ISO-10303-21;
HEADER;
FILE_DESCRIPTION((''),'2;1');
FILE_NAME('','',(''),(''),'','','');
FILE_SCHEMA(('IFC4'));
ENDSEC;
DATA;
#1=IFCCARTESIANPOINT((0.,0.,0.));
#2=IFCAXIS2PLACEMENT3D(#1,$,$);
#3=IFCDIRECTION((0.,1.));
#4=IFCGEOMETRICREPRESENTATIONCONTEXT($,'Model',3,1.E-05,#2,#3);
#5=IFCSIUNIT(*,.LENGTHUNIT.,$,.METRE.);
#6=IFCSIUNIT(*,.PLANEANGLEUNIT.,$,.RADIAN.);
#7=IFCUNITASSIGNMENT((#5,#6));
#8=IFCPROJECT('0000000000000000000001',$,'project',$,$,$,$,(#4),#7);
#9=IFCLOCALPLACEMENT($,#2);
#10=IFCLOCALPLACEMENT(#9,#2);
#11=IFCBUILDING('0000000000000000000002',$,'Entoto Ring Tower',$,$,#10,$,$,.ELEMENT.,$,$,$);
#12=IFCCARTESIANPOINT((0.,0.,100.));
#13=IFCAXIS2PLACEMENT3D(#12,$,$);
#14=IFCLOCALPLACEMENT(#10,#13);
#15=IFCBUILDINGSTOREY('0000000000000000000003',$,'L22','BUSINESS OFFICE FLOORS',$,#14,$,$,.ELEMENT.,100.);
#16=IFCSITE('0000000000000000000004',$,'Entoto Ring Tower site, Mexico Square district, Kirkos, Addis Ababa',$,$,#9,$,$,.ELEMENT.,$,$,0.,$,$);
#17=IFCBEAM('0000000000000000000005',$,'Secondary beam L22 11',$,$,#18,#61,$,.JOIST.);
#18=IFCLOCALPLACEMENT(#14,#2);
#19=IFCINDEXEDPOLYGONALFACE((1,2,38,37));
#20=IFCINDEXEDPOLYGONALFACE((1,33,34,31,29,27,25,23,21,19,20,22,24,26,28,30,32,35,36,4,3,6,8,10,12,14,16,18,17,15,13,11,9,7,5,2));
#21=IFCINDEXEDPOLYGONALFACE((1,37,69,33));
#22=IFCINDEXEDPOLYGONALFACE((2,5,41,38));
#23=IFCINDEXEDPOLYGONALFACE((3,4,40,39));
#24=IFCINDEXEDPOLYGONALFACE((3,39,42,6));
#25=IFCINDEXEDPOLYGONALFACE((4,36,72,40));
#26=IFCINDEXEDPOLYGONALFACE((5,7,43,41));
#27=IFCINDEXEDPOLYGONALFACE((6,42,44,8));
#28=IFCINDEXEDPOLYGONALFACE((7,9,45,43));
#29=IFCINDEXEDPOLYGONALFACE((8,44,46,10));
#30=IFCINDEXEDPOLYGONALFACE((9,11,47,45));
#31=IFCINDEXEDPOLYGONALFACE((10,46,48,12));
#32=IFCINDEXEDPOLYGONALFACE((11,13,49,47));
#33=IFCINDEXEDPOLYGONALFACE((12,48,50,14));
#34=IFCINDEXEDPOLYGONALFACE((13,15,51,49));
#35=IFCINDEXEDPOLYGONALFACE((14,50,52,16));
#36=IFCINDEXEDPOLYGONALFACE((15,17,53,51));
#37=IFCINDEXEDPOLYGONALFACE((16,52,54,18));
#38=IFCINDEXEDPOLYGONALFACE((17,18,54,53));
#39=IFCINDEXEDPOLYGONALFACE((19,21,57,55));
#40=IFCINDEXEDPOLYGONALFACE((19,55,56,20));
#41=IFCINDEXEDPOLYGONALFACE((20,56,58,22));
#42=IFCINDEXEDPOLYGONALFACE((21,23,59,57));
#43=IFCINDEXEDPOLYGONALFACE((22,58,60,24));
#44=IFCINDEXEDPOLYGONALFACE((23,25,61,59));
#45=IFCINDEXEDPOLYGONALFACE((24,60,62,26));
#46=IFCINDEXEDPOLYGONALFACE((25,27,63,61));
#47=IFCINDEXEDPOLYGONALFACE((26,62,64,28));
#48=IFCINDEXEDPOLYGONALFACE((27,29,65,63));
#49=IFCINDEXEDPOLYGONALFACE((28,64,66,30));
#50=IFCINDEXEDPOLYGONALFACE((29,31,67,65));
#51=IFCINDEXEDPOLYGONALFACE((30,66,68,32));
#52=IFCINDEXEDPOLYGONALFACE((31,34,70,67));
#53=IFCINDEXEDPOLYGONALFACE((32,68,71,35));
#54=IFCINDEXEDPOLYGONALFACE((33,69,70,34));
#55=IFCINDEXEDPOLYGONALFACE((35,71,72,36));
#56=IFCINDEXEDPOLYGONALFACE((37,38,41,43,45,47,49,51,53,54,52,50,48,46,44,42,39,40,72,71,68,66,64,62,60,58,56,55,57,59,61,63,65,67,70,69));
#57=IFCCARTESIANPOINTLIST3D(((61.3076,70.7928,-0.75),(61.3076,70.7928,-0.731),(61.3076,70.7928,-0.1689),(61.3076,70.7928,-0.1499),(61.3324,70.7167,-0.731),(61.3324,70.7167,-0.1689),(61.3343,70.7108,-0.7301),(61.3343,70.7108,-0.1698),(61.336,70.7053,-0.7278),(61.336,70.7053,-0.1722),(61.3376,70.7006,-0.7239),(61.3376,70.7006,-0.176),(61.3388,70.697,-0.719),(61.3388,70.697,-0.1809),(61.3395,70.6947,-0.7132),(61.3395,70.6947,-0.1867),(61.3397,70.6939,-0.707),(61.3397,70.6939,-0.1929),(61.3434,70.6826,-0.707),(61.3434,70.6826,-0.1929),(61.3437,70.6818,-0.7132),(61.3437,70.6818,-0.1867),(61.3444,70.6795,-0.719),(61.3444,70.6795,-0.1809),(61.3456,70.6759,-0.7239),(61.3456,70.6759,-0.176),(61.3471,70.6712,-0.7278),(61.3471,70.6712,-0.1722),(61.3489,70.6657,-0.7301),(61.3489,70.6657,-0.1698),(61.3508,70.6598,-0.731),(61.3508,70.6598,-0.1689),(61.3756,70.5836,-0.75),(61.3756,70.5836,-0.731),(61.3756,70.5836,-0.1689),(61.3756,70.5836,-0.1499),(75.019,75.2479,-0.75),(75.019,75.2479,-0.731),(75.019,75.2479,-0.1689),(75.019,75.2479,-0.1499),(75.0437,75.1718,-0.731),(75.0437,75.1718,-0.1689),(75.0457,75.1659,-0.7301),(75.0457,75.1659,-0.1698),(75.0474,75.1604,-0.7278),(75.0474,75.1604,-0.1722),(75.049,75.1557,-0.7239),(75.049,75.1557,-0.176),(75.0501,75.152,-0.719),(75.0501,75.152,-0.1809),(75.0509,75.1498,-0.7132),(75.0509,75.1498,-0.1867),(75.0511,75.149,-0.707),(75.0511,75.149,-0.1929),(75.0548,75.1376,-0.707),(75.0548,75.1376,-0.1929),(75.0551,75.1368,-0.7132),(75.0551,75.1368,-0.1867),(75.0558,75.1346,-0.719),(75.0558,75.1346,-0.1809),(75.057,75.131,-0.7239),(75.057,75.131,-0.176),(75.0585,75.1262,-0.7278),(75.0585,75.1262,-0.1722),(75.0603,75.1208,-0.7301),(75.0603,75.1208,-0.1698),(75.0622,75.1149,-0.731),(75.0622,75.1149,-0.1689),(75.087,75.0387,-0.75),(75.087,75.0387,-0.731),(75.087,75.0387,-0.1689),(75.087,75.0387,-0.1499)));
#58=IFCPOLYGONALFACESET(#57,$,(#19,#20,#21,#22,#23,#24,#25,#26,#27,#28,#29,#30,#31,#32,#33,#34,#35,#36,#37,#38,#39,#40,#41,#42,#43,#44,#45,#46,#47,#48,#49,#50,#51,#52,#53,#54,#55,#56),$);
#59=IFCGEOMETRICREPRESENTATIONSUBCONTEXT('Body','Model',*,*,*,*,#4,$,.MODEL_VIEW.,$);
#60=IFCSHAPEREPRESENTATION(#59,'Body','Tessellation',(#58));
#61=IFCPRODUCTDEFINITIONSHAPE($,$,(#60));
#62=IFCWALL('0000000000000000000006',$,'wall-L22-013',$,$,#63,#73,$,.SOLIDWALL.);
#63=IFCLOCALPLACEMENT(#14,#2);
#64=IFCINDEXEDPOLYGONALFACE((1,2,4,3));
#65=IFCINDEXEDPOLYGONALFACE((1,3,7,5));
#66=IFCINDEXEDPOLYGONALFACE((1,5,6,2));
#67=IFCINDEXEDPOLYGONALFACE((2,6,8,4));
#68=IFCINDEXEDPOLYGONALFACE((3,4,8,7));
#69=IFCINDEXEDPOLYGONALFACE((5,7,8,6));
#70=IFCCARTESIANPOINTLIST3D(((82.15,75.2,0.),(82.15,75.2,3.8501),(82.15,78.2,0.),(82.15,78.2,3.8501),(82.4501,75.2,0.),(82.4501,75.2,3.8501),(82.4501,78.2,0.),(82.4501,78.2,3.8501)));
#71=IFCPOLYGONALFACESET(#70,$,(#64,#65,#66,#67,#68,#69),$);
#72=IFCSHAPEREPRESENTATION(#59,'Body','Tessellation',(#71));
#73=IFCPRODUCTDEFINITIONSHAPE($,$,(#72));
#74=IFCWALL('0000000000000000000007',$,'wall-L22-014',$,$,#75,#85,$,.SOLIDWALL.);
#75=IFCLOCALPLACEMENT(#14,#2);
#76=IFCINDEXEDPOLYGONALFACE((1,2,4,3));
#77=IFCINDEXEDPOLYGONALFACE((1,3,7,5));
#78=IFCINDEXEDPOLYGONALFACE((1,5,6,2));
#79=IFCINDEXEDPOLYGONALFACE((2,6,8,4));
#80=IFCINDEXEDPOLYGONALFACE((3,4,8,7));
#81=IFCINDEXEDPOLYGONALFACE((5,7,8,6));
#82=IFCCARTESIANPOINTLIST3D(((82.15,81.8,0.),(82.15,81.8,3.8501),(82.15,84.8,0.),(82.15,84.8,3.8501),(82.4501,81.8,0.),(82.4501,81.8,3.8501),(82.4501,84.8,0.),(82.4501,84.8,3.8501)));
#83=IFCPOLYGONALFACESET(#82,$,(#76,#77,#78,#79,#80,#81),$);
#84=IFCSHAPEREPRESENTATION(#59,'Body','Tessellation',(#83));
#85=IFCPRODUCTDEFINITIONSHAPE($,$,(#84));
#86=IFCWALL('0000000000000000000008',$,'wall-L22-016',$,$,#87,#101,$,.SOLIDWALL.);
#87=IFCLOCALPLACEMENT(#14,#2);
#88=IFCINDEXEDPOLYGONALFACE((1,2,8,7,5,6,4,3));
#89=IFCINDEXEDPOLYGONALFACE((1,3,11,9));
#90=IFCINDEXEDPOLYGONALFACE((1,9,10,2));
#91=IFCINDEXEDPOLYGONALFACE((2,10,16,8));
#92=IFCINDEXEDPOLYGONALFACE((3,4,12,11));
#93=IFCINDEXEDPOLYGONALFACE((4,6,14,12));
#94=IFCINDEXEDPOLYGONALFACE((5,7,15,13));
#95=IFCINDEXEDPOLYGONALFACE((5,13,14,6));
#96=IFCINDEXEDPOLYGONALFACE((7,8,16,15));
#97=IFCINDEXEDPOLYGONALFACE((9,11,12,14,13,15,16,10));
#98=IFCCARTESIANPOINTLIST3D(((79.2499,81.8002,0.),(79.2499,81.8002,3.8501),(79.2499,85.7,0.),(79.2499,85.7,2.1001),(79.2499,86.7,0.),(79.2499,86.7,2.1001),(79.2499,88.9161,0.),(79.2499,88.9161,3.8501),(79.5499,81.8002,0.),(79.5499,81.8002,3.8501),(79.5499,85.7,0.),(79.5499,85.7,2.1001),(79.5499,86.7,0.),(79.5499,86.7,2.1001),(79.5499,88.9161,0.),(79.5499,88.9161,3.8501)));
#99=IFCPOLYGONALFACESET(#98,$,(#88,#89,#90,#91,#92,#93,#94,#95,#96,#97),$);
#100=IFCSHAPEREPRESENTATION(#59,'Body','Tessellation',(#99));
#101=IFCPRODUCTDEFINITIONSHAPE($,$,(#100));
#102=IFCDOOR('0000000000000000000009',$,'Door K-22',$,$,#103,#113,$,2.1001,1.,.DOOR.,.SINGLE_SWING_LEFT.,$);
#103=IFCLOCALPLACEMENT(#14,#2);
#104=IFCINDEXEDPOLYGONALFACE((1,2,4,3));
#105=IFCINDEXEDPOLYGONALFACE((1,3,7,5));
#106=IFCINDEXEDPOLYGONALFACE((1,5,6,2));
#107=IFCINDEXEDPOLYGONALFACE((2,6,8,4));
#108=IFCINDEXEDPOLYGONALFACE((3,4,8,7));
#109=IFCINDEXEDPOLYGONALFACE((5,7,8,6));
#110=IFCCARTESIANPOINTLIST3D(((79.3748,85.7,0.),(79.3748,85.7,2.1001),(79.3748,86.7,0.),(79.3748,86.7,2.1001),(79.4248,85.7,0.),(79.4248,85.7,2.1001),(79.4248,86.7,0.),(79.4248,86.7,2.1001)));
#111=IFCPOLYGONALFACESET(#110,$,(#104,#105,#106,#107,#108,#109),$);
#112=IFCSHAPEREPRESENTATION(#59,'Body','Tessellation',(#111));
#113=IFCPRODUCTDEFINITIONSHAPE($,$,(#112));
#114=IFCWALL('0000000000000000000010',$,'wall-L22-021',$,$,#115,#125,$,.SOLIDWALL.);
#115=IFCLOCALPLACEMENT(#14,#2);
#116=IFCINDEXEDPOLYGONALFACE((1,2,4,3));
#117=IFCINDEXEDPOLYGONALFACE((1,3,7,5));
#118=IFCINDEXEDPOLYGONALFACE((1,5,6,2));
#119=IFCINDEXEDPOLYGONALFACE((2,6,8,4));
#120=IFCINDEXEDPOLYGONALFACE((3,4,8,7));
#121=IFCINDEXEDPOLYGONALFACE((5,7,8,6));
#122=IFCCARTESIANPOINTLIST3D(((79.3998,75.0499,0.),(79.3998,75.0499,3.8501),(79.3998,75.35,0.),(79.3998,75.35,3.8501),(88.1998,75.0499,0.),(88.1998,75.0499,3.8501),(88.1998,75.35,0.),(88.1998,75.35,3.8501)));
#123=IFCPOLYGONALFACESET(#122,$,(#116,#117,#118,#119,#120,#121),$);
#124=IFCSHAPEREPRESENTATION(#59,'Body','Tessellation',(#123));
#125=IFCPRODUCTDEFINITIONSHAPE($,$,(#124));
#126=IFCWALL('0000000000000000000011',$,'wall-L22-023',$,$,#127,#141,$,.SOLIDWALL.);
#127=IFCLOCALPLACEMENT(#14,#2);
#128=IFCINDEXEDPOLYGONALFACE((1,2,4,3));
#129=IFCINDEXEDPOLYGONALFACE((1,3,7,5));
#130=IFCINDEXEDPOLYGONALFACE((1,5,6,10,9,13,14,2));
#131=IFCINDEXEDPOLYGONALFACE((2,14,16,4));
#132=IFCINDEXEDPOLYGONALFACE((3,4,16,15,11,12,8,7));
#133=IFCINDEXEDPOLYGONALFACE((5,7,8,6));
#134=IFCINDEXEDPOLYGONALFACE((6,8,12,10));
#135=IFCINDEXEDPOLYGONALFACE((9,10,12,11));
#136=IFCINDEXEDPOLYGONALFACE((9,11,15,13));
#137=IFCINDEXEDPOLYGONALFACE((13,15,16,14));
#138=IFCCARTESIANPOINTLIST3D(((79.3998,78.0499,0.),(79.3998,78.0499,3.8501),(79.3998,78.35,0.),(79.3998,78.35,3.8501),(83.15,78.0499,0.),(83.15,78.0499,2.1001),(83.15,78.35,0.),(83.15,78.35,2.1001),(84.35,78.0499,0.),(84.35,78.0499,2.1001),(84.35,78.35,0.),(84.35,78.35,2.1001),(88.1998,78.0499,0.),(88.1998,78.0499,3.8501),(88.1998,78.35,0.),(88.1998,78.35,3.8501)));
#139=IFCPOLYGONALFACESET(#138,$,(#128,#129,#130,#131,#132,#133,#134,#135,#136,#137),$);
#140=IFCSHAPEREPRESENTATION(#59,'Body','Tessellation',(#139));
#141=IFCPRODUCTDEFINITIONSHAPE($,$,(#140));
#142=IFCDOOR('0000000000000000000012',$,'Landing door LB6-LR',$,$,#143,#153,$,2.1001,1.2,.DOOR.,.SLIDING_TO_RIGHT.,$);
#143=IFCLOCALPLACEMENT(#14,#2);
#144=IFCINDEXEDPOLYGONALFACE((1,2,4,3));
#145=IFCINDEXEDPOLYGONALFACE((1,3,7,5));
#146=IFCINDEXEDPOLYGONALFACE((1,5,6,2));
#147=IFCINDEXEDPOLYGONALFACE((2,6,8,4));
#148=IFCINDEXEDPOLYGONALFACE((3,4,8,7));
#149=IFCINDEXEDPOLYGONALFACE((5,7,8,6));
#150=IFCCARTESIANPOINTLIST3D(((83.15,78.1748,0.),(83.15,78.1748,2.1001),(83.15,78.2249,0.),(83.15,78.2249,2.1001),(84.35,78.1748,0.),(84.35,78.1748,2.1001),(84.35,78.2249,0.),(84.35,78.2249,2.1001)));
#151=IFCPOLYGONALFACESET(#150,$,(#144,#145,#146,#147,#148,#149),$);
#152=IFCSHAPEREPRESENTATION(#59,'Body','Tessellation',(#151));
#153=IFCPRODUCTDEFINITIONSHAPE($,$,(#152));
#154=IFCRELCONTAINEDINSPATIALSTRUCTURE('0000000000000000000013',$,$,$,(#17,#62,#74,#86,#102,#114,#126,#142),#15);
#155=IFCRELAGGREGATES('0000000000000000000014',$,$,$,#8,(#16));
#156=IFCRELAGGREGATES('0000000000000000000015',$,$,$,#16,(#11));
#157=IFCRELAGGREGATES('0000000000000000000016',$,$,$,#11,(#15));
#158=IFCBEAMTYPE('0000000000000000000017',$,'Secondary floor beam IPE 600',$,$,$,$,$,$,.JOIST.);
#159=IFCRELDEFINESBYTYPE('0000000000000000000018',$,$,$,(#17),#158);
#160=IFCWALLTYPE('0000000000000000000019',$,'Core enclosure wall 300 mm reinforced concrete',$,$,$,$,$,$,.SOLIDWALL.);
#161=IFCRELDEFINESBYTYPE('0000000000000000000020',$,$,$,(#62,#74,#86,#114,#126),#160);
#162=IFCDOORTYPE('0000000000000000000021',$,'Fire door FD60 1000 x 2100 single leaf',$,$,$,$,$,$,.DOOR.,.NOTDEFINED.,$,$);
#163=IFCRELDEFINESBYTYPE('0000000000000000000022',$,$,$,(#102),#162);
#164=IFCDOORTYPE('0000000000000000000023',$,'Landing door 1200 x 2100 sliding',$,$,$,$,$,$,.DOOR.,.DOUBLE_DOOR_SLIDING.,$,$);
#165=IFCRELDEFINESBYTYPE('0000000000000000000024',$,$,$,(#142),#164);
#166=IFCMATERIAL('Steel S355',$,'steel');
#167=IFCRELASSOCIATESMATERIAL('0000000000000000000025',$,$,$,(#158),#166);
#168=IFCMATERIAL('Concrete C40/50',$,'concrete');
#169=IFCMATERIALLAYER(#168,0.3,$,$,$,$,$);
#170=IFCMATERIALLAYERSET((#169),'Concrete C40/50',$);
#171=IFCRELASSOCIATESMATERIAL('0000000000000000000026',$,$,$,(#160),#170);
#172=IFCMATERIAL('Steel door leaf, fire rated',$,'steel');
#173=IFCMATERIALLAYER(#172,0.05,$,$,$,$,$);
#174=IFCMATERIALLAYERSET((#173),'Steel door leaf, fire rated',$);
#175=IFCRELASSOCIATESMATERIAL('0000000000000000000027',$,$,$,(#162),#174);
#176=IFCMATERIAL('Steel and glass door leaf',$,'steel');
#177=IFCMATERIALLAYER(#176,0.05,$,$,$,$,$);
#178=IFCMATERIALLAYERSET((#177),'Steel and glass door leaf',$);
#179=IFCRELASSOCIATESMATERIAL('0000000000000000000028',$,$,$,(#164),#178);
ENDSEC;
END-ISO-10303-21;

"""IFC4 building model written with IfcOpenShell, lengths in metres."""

from ifc_helpers import new_model, si_unit, direction, frame, frame_2d, origin, origin_2d, place, context, subcontext, project, spatial, rectangle, i_section, extrude, material, layer, layer_set, material_profile, profile_set, type_object, element, fill, save


model = new_model("IFC4")

# Units and contexts
model_context = context("Model", 3, precision=1e-05, world=origin(), true_north=direction((0.0, 1.0)))
body_context = subcontext(model_context, "Body", "Model", "MODEL_VIEW")
ifc_project = project(units=[si_unit("LENGTHUNIT", "METRE"), si_unit("PLANEANGLEUNIT", "RADIAN")], contexts=[model_context])

# Site, building, storey
site_placement = place(None, origin())
site = spatial("IfcSite", under=ifc_project, at=site_placement, Name="Entoto Ring Tower site, Mexico Square district, Kirkos, Addis Ababa", CompositionType="ELEMENT", RefElevation=0.0)
building_placement = place(site_placement, origin())
building = spatial("IfcBuilding", under=site, at=building_placement, Name="Entoto Ring Tower", CompositionType="ELEMENT")
storey_placement = place(building_placement, frame((0.0, 0.0, 100.0)))
storey = spatial("IfcBuildingStorey", under=building, at=storey_placement, Name="L22", Description="BUSINESS OFFICE FLOORS", CompositionType="ELEMENT", Elevation=100.0)

# Beam
ifc_material_1 = material(Name="Steel S355", Category="steel")
ifc_material_profile_1 = material_profile(ifc_material_1, i_section(OverallWidth=0.22, OverallDepth=0.6001, WebThickness=0.012, FlangeThickness=0.019, FilletRadius=0.0239, at=origin_2d()), Name="IPE 600")
ifc_profile_set_1 = profile_set([ifc_material_profile_1], Name="Steel S355")
beam_type_1 = type_object("IfcBeamType", Name="Secondary floor beam IPE 600", PredefinedType="JOIST", material=ifc_profile_set_1)
beam_1_placement = place(storey_placement, frame((75.053, 75.1433, -0.45), z_axis=(-0.951057, -0.309015, 0.0), x_axis=(0.309015, -0.951057, 0.0)))
element("IfcBeam", 1, at=beam_1_placement, inside=storey, type_object=beam_type_1, Name="Secondary beam L22 11", PredefinedType="JOIST", context=body_context, shape_type="SweptSolid", body=[
    extrude(i_section(OverallWidth=0.22, OverallDepth=0.6001, WebThickness=0.012, FlangeThickness=0.019, FilletRadius=0.0239, at=origin_2d()), origin(), (0.0, 0.0, 1.0), 14.417),
])

# Walls
ifc_material_2 = material(Name="Concrete C40/50", Category="concrete")
ifc_layer_1 = layer(ifc_material_2, 0.3)
ifc_layer_set_1 = layer_set([ifc_layer_1], Name="Concrete C40/50")
wall_type_1 = type_object("IfcWallType", Name="Core enclosure wall 300 mm reinforced concrete", PredefinedType="SOLIDWALL", material=ifc_layer_set_1)
for number, where, z_axis, x_axis, name in (
    (2, (82.3, 75.2, 0.0), (0.0, 0.0, 1.0), (0.0, 1.0, 0.0), "wall-L22-013"),
    (3, (82.3, 81.8, 0.0), (0.0, 0.0, 1.0), (0.0, 1.0, 0.0), "wall-L22-014"),
):
    element("IfcWall", number, at=place(storey_placement, frame(where, z_axis=z_axis, x_axis=x_axis)), inside=storey, type_object=wall_type_1, Name=name, PredefinedType="SOLIDWALL", context=body_context, shape_type="SweptSolid", body=[
        extrude(rectangle(XDim=3.0, YDim=0.3, at=frame_2d((1.5, 0.0))), origin(), (0.0, 0.0, 1.0), 3.8501),
    ])

# Wall, opening, door
wall_1_placement = place(storey_placement, frame((79.3999, 81.8, 0.0), z_axis=(0.0, 0.0, 1.0), x_axis=(0.0, 1.0, 0.0)))
wall_1 = element("IfcWall", 4, at=wall_1_placement, inside=storey, type_object=wall_type_1, Name="wall-L22-016", PredefinedType="SOLIDWALL", context=body_context, shape_type="SweptSolid", body=[
    extrude(rectangle(XDim=7.116, YDim=0.3, at=frame_2d((3.5581, 0.0))), origin(), (0.0, 0.0, 1.0), 3.8501),
])
opening_1_placement = place(wall_1_placement, frame((3.8999, 0.0, 0.0)))
opening_1 = element("IfcOpeningElement", 5, at=opening_1_placement, cuts=wall_1, PredefinedType="OPENING", context=body_context, shape_type="SweptSolid", body=[
    extrude(rectangle(XDim=1.0, YDim=2.1001, at=frame_2d((0.5, 1.05))), frame((0.0, 0.1602, 0.0), z_axis=(0.0, -1.0, 0.0), x_axis=(1.0, 0.0, 0.0)), (0.0, 0.0, 1.0), 0.3201),
])
ifc_material_3 = material(Name="Steel door leaf, fire rated", Category="steel")
ifc_layer_2 = layer(ifc_material_3, 0.05)
ifc_layer_set_2 = layer_set([ifc_layer_2], Name="Steel door leaf, fire rated")
door_type_1 = type_object("IfcDoorType", Name="Fire door FD60 1000 x 2100 single leaf", OperationType="NOTDEFINED", PredefinedType="DOOR", material=ifc_layer_set_2)
door_1_placement = place(opening_1_placement, frame((1.0, 0.0, 0.0), z_axis=(0.0, 0.0, 1.0), x_axis=(-1.0, 0.0, 0.0)))
door_1 = element("IfcDoor", 6, at=door_1_placement, inside=storey, type_object=door_type_1, Name="Door K-22", OperationType="SINGLE_SWING_LEFT", OverallHeight=2.1001, OverallWidth=1.0, PredefinedType="DOOR", context=body_context, shape_type="SweptSolid", body=[
    extrude(rectangle(XDim=1.0, YDim=2.1001, at=frame_2d((0.5, 1.05))), frame((0.0, 0.0249, 0.0), z_axis=(0.0, -1.0, 0.0), x_axis=(1.0, 0.0, 0.0)), (0.0, 0.0, 1.0), 0.05),
])
fill(opening_1, door_1)

# Wall
wall_2_placement = place(storey_placement, frame((79.3999, 75.2, 0.0), z_axis=(0.0, 0.0, 1.0), x_axis=(1.0, 0.0, 0.0)))
element("IfcWall", 7, at=wall_2_placement, inside=storey, type_object=wall_type_1, Name="wall-L22-021", PredefinedType="SOLIDWALL", context=body_context, shape_type="SweptSolid", body=[
    extrude(rectangle(XDim=8.8, YDim=0.3, at=frame_2d((4.3999, 0.0))), origin(), (0.0, 0.0, 1.0), 3.8501),
])

# Wall, opening, door
wall_3_placement = place(storey_placement, frame((79.3999, 78.2, 0.0), z_axis=(0.0, 0.0, 1.0), x_axis=(1.0, 0.0, 0.0)))
wall_3 = element("IfcWall", 8, at=wall_3_placement, inside=storey, type_object=wall_type_1, Name="wall-L22-023", PredefinedType="SOLIDWALL", context=body_context, shape_type="SweptSolid", body=[
    extrude(rectangle(XDim=8.8, YDim=0.3, at=frame_2d((4.3999, 0.0))), origin(), (0.0, 0.0, 1.0), 3.8501),
])
opening_2_placement = place(wall_3_placement, frame((3.75, 0.0, 0.0)))
opening_2 = element("IfcOpeningElement", 9, at=opening_2_placement, cuts=wall_3, PredefinedType="OPENING", context=body_context, shape_type="SweptSolid", body=[
    extrude(rectangle(XDim=1.2, YDim=2.1001, at=frame_2d((0.6001, 1.05))), frame((0.0, 0.1602, 0.0), z_axis=(0.0, -1.0, 0.0), x_axis=(1.0, 0.0, 0.0)), (0.0, 0.0, 1.0), 0.3201),
])
ifc_material_4 = material(Name="Steel and glass door leaf", Category="steel")
ifc_layer_3 = layer(ifc_material_4, 0.05)
ifc_layer_set_3 = layer_set([ifc_layer_3], Name="Steel and glass door leaf")
door_type_2 = type_object("IfcDoorType", Name="Landing door 1200 x 2100 sliding", OperationType="DOUBLE_DOOR_SLIDING", PredefinedType="DOOR", material=ifc_layer_set_3)
door_2_placement = place(opening_2_placement, origin())
door_2 = element("IfcDoor", 10, at=door_2_placement, inside=storey, type_object=door_type_2, Name="Landing door LB6-LR", OperationType="SLIDING_TO_RIGHT", OverallHeight=2.1001, OverallWidth=1.2, PredefinedType="DOOR", context=body_context, shape_type="SweptSolid", body=[
    extrude(rectangle(XDim=1.2, YDim=2.1001, at=frame_2d((0.6001, 1.05))), frame((0.0, 0.0249, 0.0), z_axis=(0.0, -1.0, 0.0), x_axis=(1.0, 0.0, 0.0)), (0.0, 0.0, 1.0), 0.05),
])
fill(opening_2, door_2)

save(model, "model.ifc")
